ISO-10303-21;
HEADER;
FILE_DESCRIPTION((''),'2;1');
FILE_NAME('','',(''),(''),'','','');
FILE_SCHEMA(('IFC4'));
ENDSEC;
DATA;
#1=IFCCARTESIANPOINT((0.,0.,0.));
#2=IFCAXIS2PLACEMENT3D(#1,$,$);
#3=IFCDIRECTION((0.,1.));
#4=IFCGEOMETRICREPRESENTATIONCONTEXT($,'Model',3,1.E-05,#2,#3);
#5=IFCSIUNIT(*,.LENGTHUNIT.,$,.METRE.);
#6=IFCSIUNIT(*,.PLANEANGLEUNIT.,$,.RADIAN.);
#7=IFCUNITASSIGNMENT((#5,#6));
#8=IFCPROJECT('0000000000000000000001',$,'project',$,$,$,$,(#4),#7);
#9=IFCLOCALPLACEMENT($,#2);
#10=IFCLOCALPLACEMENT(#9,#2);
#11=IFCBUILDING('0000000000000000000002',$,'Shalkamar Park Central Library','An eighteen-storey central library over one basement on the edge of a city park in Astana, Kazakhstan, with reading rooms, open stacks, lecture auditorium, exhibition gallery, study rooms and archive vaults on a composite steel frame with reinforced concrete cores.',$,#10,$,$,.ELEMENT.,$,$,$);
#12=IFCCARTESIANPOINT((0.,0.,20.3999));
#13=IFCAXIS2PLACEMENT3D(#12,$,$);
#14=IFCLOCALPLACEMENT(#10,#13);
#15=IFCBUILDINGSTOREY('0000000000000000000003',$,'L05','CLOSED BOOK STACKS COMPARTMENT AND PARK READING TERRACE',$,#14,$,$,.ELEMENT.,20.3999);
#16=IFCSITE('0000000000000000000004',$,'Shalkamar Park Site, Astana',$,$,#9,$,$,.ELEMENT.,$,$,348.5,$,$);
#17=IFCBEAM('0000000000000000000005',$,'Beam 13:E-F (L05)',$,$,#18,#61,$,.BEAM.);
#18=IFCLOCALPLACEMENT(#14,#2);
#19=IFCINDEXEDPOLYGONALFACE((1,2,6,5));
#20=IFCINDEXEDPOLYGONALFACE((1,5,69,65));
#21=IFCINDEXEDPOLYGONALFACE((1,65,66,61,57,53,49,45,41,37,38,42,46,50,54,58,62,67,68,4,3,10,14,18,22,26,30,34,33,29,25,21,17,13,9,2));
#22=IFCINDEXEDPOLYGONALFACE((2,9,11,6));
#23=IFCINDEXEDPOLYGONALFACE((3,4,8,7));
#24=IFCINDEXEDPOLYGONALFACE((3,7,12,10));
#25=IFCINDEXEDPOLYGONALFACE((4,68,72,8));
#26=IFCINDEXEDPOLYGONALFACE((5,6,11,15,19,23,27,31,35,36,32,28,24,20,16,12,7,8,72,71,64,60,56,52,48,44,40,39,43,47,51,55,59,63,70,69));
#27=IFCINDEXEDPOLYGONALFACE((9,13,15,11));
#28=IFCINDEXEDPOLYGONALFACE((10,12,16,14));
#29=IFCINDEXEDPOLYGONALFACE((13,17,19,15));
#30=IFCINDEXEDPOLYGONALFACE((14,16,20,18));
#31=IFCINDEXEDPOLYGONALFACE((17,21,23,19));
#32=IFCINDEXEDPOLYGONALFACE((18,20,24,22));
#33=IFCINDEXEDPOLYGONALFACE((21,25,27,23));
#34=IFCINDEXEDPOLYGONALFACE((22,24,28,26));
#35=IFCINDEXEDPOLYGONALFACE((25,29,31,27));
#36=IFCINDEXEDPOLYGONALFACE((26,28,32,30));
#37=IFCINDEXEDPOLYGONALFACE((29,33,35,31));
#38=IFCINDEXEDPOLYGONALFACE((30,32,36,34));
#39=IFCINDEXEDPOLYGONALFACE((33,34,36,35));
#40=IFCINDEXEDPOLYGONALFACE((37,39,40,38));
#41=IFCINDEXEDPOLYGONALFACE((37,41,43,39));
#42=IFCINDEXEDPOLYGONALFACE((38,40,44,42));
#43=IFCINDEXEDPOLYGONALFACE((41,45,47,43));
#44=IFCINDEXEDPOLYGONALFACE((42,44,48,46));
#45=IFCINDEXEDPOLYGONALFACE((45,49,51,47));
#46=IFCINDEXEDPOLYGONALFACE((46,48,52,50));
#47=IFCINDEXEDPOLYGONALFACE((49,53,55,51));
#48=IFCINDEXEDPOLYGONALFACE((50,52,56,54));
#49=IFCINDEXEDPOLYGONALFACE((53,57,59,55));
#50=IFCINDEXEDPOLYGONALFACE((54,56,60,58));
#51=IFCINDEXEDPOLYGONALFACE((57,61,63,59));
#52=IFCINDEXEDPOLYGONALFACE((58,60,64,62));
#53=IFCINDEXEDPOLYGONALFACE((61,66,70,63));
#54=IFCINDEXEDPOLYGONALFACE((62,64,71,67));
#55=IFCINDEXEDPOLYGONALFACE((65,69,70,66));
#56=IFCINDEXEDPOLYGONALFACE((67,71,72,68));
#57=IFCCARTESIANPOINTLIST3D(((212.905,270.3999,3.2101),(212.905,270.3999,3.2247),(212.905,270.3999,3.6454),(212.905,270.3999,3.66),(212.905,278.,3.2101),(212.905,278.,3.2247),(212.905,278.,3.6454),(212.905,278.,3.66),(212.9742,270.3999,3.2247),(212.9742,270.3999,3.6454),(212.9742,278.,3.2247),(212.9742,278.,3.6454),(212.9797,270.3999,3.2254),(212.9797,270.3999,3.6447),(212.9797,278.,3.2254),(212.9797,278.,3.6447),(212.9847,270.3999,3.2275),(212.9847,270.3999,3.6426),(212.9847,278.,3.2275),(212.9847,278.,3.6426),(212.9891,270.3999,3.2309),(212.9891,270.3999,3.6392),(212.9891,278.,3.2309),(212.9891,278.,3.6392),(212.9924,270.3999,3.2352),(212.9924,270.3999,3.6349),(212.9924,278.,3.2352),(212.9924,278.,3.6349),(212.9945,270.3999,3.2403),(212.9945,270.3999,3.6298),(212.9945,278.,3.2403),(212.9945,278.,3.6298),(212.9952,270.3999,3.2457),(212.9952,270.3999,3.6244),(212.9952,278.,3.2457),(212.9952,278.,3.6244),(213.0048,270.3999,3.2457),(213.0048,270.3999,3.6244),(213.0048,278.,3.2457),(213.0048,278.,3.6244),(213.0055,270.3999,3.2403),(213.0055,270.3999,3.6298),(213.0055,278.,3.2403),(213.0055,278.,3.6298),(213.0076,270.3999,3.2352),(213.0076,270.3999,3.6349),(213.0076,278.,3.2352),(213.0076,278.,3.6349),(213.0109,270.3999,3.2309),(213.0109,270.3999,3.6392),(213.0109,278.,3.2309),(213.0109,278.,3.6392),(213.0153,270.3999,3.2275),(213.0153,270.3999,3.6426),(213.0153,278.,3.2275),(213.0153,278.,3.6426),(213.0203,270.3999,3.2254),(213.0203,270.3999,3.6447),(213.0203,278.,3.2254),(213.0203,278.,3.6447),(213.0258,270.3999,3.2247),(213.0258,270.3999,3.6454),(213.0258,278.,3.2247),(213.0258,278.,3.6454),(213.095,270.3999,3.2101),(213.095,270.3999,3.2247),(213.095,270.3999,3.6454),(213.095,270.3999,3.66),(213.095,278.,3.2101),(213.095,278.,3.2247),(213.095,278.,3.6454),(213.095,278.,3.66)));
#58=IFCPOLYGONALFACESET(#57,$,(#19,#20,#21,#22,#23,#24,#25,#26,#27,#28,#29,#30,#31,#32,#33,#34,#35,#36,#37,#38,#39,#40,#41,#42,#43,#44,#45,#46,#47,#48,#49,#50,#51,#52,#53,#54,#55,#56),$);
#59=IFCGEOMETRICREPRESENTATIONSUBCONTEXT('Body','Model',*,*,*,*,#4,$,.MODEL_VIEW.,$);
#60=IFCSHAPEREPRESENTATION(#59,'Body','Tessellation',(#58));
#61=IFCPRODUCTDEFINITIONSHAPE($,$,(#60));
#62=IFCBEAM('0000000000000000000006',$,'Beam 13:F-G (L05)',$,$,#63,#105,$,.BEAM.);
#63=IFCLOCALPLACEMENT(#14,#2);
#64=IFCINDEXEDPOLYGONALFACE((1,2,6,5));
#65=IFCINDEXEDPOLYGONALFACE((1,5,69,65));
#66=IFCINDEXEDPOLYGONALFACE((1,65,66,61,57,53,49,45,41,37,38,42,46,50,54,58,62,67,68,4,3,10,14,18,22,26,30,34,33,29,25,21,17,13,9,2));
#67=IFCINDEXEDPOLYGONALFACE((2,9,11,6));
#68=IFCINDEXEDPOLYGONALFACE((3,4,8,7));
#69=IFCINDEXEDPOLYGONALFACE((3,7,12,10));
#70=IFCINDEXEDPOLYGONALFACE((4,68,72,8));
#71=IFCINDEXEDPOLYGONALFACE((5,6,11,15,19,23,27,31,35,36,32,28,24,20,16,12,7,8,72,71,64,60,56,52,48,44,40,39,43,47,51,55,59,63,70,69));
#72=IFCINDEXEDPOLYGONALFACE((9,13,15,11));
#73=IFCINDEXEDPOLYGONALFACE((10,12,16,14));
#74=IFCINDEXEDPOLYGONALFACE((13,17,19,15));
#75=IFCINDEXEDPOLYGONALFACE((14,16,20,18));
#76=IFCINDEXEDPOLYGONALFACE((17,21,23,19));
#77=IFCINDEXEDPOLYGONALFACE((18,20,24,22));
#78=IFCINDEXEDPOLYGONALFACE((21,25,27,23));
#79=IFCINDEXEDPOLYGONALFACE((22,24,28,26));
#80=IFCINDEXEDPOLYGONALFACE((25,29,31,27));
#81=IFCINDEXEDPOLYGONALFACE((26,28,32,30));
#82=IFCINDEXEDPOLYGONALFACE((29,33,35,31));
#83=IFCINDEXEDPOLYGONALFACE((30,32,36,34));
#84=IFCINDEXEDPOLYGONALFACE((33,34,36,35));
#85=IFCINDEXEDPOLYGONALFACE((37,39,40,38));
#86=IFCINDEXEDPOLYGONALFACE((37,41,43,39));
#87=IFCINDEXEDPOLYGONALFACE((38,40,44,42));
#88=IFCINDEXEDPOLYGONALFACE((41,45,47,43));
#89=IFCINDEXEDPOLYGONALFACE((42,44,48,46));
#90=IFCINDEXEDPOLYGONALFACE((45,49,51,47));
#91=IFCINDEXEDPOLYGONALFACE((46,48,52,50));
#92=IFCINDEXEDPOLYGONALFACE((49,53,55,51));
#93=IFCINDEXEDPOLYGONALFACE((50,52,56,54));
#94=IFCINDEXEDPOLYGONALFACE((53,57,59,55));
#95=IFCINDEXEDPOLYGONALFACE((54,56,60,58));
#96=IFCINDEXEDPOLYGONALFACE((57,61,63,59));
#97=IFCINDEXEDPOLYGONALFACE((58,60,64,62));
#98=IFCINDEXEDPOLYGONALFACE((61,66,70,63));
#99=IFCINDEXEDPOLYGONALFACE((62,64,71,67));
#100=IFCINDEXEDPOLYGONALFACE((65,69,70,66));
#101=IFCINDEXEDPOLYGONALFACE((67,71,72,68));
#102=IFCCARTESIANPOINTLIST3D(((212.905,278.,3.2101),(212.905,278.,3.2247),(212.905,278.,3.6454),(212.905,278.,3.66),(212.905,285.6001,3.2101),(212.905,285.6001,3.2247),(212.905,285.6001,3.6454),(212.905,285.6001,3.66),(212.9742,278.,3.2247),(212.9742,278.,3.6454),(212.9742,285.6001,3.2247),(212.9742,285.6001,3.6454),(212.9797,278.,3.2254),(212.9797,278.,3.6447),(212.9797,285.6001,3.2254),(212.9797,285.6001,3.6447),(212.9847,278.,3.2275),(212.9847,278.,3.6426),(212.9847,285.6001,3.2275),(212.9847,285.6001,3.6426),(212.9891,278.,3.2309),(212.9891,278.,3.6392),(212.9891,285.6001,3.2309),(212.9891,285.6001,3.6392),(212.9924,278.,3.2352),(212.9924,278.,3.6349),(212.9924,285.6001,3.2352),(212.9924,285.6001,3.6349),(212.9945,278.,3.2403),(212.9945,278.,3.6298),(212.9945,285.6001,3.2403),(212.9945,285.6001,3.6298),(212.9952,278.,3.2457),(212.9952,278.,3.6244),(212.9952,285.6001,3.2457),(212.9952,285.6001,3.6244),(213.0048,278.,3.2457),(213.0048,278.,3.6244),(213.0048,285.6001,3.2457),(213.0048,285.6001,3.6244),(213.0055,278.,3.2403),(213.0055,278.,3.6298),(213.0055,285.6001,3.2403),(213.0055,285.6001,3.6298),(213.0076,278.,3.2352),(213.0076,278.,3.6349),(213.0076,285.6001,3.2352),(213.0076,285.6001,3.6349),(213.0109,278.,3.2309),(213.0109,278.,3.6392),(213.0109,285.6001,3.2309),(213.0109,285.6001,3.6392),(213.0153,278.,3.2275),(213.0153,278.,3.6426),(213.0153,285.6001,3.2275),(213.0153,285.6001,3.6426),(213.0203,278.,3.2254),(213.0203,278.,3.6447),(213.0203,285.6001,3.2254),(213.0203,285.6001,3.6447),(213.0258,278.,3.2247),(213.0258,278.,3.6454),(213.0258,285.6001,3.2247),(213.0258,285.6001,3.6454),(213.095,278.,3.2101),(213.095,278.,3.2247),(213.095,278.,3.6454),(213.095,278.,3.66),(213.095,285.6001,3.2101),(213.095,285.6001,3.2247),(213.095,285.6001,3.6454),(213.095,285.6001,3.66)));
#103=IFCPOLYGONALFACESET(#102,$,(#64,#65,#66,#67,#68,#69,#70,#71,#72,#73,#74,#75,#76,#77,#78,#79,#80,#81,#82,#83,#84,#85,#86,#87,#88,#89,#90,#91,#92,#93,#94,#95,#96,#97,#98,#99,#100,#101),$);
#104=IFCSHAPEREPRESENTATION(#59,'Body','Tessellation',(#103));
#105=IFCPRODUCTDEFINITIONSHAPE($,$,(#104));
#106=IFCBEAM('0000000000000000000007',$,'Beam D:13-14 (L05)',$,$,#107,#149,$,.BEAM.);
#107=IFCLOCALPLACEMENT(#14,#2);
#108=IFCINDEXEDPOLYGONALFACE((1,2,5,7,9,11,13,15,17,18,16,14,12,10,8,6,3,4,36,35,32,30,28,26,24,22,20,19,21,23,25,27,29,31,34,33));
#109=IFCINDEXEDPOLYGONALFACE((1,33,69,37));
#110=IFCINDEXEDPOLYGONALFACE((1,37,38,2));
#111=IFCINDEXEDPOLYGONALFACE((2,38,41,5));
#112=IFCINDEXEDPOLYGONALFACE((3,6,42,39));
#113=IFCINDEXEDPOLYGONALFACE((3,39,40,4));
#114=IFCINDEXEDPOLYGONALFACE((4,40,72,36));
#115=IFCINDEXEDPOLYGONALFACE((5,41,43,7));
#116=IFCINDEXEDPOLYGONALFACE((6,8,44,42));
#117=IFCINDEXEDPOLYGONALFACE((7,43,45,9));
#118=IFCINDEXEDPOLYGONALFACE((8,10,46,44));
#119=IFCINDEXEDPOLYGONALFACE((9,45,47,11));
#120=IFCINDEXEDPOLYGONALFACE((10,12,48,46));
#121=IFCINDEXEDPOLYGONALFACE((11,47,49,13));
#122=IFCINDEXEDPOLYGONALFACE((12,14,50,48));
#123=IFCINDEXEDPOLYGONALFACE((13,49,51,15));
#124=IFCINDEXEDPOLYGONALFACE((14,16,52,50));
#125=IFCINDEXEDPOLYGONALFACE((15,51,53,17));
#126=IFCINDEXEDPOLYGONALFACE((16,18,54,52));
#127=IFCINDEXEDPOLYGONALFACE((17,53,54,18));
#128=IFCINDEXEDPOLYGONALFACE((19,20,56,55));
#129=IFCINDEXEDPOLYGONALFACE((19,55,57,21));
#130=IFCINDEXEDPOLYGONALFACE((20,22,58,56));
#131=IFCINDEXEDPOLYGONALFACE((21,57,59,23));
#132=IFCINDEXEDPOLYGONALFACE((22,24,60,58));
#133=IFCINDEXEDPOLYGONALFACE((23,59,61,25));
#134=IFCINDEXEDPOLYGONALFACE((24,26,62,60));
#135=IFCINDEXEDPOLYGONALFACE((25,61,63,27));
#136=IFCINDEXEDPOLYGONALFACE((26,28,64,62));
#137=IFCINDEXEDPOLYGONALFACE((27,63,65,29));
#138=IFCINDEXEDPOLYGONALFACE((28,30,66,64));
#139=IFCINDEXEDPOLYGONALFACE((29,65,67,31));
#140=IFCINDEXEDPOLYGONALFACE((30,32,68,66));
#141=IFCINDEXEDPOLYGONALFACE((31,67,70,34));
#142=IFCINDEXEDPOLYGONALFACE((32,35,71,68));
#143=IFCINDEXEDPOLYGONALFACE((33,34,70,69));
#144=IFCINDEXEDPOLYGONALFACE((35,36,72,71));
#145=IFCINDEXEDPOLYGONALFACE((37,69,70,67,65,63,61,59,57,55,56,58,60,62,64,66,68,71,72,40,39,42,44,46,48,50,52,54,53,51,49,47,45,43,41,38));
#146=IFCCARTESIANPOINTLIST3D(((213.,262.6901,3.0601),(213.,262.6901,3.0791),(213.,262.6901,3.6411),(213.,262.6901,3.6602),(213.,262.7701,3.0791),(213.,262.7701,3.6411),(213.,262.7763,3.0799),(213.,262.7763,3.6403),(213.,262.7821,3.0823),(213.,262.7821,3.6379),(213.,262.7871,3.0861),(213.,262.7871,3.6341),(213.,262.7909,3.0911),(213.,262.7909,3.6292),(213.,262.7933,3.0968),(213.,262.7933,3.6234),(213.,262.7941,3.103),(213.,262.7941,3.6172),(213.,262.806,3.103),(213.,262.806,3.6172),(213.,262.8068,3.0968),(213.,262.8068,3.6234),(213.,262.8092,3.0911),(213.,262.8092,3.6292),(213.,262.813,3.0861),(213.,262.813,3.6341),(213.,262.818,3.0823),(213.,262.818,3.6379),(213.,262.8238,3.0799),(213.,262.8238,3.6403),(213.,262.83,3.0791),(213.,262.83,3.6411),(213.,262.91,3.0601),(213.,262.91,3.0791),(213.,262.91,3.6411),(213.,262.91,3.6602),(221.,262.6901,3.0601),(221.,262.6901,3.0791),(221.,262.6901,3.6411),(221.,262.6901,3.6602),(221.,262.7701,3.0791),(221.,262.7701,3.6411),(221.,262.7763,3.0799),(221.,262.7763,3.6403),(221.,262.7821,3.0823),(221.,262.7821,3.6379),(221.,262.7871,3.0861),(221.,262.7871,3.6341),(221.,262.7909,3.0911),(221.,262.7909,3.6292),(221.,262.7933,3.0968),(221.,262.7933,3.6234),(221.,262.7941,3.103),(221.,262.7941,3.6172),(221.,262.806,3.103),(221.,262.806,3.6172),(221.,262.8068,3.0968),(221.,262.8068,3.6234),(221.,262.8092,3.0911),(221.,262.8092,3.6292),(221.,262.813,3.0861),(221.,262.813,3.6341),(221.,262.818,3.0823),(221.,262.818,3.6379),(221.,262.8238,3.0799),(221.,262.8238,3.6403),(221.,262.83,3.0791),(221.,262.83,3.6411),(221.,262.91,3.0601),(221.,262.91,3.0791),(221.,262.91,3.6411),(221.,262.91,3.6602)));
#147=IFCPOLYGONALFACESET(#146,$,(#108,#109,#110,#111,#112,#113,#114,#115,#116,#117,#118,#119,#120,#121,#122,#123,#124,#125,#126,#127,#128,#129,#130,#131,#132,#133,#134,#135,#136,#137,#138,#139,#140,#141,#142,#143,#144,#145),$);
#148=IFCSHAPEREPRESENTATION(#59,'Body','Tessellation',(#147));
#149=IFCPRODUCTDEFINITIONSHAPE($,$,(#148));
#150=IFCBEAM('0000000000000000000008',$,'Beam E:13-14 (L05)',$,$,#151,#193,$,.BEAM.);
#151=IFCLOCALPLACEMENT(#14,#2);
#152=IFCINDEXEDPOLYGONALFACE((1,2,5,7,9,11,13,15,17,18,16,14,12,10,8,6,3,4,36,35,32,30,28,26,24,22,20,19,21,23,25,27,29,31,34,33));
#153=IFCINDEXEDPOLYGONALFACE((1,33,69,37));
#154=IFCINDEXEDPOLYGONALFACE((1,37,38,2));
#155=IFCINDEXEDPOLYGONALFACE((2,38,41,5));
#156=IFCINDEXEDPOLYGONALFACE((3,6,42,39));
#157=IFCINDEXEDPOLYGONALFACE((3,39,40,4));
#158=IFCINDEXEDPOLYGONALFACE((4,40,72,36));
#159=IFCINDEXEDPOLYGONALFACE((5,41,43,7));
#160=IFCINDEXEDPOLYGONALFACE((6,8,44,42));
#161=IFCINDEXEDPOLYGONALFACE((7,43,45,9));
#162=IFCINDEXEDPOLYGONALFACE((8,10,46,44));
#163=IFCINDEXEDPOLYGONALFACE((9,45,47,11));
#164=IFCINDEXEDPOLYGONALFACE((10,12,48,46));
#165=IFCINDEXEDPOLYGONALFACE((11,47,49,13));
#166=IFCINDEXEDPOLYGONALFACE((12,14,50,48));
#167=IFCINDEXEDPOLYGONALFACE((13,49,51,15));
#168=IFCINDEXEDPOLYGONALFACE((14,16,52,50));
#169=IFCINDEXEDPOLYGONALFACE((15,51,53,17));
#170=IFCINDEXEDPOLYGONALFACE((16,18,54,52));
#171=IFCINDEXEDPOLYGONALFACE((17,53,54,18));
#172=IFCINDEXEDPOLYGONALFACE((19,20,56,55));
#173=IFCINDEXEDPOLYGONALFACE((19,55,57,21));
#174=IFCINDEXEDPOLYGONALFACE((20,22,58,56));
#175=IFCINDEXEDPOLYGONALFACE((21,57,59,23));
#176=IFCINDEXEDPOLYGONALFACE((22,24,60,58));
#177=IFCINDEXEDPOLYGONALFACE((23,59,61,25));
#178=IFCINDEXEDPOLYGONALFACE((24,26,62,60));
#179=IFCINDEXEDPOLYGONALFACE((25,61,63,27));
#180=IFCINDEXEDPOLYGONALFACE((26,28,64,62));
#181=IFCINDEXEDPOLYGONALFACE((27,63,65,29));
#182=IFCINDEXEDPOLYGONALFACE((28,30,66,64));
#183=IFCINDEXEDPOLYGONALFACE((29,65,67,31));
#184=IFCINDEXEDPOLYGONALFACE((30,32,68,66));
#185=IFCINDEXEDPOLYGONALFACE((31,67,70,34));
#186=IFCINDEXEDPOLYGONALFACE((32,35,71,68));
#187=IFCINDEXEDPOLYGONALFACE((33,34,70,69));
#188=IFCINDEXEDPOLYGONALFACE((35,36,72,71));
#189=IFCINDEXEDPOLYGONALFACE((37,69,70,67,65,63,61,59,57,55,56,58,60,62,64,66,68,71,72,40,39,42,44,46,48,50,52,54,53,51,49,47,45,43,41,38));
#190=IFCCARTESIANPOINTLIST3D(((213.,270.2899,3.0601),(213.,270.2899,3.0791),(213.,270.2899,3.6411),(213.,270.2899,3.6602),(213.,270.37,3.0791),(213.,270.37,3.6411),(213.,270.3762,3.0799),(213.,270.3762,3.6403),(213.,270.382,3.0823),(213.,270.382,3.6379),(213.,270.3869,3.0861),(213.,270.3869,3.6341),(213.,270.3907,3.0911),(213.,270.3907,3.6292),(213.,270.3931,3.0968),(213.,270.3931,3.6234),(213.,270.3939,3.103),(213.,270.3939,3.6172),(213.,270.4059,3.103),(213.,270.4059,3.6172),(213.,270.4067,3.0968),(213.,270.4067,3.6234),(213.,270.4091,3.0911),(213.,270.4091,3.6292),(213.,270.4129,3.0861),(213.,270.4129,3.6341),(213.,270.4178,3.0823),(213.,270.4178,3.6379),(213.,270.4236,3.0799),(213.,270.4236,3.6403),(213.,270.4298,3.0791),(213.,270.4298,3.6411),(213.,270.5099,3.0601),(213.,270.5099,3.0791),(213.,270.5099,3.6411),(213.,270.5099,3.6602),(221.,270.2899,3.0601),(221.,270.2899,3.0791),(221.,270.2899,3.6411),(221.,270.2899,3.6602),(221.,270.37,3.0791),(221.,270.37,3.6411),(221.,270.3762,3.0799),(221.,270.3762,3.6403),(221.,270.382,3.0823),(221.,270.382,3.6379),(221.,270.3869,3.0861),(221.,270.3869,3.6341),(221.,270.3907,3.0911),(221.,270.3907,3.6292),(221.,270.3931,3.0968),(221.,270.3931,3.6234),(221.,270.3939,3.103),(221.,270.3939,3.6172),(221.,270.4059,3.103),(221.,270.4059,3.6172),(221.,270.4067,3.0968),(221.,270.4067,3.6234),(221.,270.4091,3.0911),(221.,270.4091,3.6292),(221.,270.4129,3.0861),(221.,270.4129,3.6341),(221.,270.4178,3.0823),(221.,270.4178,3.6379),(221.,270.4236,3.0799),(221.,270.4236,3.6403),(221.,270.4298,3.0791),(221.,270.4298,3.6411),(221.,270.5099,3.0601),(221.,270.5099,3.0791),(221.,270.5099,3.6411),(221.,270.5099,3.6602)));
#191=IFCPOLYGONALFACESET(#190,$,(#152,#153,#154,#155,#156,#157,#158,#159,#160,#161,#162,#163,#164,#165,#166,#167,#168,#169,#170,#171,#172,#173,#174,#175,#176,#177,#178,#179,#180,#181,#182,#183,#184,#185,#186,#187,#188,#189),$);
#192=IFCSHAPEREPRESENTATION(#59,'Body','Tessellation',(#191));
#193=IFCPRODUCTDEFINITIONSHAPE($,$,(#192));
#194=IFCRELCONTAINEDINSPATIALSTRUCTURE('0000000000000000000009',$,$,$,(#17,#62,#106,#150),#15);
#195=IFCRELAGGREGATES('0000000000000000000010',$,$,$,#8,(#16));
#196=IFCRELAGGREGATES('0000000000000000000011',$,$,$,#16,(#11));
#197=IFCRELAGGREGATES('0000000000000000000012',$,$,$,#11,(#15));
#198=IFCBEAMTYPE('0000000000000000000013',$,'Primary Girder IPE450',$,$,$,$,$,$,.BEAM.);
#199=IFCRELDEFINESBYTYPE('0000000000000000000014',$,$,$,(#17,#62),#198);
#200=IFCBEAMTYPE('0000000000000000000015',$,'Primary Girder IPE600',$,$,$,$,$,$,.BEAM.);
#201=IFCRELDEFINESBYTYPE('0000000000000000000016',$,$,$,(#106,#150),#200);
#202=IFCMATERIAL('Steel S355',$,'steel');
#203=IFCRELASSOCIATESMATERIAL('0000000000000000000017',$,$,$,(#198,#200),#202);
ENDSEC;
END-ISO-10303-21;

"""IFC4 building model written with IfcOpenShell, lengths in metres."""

from ifc_helpers import new_model, si_unit, direction, frame, origin, origin_2d, place, context, subcontext, project, spatial, i_section, extrude, material, material_profile, profile_set, type_object, element, save


model = new_model("IFC4")

# Units and contexts
model_context = context("Model", 3, precision=1e-05, world=origin(), true_north=direction((0.0, 1.0)))
body_context = subcontext(model_context, "Body", "Model", "MODEL_VIEW")
ifc_project = project(units=[si_unit("LENGTHUNIT", "METRE"), si_unit("PLANEANGLEUNIT", "RADIAN")], contexts=[model_context])

# Site, building, storey
site_placement = place(None, origin())
site = spatial("IfcSite", under=ifc_project, at=site_placement, Name="Shalkamar Park Site, Astana", CompositionType="ELEMENT", RefElevation=348.5)
building_placement = place(site_placement, origin())
building = spatial("IfcBuilding", under=site, at=building_placement, Name="Shalkamar Park Central Library", Description="An eighteen-storey central library over one basement on the edge of a city park in Astana, Kazakhstan, with reading rooms, open stacks, lecture auditorium, exhibition gallery, study rooms and archive vaults on a composite steel frame with reinforced concrete cores.", CompositionType="ELEMENT")
storey_placement = place(building_placement, frame((0.0, 0.0, 20.3999)))
storey = spatial("IfcBuildingStorey", under=building, at=storey_placement, Name="L05", Description="CLOSED BOOK STACKS COMPARTMENT AND PARK READING TERRACE", CompositionType="ELEMENT", Elevation=20.3999)

# Shared definitions
ifc_material_1 = material(Name="Steel S355", Category="steel")

# Beams
ifc_material_profile_1 = material_profile(ifc_material_1, i_section(OverallWidth=0.1899, OverallDepth=0.45, WebThickness=0.0095, FlangeThickness=0.0146, FilletRadius=0.021, at=origin_2d()), Name="IPE 450")
ifc_profile_set_1 = profile_set([ifc_material_profile_1], Name="Steel S355")
beam_type_1 = type_object("IfcBeamType", Name="Primary Girder IPE450", PredefinedType="BEAM", material=ifc_profile_set_1)
for number, where, z_axis, x_axis, name in (
    (1, (213.0, 270.3999, 3.4351), (0.0, 1.0, 0.0), (-1.0, 0.0, 0.0), "Beam 13:E-F (L05)"),
    (2, (213.0, 278.0, 3.4351), (0.0, 1.0, 0.0), (-1.0, 0.0, 0.0), "Beam 13:F-G (L05)"),
):
    element("IfcBeam", number, at=place(storey_placement, frame(where, z_axis=z_axis, x_axis=x_axis)), inside=storey, type_object=beam_type_1, Name=name, PredefinedType="BEAM", context=body_context, shape_type="SweptSolid", body=[
        extrude(i_section(OverallWidth=0.1899, OverallDepth=0.45, WebThickness=0.0095, FlangeThickness=0.0146, FilletRadius=0.021, at=origin_2d()), origin(), (0.0, 0.0, 1.0), 7.6001),
    ])
ifc_material_profile_2 = material_profile(ifc_material_1, i_section(OverallWidth=0.22, OverallDepth=0.6001, WebThickness=0.012, FlangeThickness=0.019, FilletRadius=0.0239, at=origin_2d()), Name="IPE 600")
ifc_profile_set_2 = profile_set([ifc_material_profile_2], Name="Steel S355")
beam_type_2 = type_object("IfcBeamType", Name="Primary Girder IPE600", PredefinedType="BEAM", material=ifc_profile_set_2)
for number, where, z_axis, x_axis, name in (
    (3, (213.0, 262.8, 3.3601), (1.0, 0.0, 0.0), (0.0, 1.0, 0.0), "Beam D:13-14 (L05)"),
    (4, (213.0, 270.3999, 3.3601), (1.0, 0.0, 0.0), (0.0, 1.0, 0.0), "Beam E:13-14 (L05)"),
):
    element("IfcBeam", number, at=place(storey_placement, frame(where, z_axis=z_axis, x_axis=x_axis)), inside=storey, type_object=beam_type_2, Name=name, PredefinedType="BEAM", context=body_context, shape_type="SweptSolid", body=[
        extrude(i_section(OverallWidth=0.22, OverallDepth=0.6001, WebThickness=0.012, FlangeThickness=0.019, FilletRadius=0.0239, at=origin_2d()), origin(), (0.0, 0.0, 1.0), 8.0),
    ])

save(model, "model.ifc")
